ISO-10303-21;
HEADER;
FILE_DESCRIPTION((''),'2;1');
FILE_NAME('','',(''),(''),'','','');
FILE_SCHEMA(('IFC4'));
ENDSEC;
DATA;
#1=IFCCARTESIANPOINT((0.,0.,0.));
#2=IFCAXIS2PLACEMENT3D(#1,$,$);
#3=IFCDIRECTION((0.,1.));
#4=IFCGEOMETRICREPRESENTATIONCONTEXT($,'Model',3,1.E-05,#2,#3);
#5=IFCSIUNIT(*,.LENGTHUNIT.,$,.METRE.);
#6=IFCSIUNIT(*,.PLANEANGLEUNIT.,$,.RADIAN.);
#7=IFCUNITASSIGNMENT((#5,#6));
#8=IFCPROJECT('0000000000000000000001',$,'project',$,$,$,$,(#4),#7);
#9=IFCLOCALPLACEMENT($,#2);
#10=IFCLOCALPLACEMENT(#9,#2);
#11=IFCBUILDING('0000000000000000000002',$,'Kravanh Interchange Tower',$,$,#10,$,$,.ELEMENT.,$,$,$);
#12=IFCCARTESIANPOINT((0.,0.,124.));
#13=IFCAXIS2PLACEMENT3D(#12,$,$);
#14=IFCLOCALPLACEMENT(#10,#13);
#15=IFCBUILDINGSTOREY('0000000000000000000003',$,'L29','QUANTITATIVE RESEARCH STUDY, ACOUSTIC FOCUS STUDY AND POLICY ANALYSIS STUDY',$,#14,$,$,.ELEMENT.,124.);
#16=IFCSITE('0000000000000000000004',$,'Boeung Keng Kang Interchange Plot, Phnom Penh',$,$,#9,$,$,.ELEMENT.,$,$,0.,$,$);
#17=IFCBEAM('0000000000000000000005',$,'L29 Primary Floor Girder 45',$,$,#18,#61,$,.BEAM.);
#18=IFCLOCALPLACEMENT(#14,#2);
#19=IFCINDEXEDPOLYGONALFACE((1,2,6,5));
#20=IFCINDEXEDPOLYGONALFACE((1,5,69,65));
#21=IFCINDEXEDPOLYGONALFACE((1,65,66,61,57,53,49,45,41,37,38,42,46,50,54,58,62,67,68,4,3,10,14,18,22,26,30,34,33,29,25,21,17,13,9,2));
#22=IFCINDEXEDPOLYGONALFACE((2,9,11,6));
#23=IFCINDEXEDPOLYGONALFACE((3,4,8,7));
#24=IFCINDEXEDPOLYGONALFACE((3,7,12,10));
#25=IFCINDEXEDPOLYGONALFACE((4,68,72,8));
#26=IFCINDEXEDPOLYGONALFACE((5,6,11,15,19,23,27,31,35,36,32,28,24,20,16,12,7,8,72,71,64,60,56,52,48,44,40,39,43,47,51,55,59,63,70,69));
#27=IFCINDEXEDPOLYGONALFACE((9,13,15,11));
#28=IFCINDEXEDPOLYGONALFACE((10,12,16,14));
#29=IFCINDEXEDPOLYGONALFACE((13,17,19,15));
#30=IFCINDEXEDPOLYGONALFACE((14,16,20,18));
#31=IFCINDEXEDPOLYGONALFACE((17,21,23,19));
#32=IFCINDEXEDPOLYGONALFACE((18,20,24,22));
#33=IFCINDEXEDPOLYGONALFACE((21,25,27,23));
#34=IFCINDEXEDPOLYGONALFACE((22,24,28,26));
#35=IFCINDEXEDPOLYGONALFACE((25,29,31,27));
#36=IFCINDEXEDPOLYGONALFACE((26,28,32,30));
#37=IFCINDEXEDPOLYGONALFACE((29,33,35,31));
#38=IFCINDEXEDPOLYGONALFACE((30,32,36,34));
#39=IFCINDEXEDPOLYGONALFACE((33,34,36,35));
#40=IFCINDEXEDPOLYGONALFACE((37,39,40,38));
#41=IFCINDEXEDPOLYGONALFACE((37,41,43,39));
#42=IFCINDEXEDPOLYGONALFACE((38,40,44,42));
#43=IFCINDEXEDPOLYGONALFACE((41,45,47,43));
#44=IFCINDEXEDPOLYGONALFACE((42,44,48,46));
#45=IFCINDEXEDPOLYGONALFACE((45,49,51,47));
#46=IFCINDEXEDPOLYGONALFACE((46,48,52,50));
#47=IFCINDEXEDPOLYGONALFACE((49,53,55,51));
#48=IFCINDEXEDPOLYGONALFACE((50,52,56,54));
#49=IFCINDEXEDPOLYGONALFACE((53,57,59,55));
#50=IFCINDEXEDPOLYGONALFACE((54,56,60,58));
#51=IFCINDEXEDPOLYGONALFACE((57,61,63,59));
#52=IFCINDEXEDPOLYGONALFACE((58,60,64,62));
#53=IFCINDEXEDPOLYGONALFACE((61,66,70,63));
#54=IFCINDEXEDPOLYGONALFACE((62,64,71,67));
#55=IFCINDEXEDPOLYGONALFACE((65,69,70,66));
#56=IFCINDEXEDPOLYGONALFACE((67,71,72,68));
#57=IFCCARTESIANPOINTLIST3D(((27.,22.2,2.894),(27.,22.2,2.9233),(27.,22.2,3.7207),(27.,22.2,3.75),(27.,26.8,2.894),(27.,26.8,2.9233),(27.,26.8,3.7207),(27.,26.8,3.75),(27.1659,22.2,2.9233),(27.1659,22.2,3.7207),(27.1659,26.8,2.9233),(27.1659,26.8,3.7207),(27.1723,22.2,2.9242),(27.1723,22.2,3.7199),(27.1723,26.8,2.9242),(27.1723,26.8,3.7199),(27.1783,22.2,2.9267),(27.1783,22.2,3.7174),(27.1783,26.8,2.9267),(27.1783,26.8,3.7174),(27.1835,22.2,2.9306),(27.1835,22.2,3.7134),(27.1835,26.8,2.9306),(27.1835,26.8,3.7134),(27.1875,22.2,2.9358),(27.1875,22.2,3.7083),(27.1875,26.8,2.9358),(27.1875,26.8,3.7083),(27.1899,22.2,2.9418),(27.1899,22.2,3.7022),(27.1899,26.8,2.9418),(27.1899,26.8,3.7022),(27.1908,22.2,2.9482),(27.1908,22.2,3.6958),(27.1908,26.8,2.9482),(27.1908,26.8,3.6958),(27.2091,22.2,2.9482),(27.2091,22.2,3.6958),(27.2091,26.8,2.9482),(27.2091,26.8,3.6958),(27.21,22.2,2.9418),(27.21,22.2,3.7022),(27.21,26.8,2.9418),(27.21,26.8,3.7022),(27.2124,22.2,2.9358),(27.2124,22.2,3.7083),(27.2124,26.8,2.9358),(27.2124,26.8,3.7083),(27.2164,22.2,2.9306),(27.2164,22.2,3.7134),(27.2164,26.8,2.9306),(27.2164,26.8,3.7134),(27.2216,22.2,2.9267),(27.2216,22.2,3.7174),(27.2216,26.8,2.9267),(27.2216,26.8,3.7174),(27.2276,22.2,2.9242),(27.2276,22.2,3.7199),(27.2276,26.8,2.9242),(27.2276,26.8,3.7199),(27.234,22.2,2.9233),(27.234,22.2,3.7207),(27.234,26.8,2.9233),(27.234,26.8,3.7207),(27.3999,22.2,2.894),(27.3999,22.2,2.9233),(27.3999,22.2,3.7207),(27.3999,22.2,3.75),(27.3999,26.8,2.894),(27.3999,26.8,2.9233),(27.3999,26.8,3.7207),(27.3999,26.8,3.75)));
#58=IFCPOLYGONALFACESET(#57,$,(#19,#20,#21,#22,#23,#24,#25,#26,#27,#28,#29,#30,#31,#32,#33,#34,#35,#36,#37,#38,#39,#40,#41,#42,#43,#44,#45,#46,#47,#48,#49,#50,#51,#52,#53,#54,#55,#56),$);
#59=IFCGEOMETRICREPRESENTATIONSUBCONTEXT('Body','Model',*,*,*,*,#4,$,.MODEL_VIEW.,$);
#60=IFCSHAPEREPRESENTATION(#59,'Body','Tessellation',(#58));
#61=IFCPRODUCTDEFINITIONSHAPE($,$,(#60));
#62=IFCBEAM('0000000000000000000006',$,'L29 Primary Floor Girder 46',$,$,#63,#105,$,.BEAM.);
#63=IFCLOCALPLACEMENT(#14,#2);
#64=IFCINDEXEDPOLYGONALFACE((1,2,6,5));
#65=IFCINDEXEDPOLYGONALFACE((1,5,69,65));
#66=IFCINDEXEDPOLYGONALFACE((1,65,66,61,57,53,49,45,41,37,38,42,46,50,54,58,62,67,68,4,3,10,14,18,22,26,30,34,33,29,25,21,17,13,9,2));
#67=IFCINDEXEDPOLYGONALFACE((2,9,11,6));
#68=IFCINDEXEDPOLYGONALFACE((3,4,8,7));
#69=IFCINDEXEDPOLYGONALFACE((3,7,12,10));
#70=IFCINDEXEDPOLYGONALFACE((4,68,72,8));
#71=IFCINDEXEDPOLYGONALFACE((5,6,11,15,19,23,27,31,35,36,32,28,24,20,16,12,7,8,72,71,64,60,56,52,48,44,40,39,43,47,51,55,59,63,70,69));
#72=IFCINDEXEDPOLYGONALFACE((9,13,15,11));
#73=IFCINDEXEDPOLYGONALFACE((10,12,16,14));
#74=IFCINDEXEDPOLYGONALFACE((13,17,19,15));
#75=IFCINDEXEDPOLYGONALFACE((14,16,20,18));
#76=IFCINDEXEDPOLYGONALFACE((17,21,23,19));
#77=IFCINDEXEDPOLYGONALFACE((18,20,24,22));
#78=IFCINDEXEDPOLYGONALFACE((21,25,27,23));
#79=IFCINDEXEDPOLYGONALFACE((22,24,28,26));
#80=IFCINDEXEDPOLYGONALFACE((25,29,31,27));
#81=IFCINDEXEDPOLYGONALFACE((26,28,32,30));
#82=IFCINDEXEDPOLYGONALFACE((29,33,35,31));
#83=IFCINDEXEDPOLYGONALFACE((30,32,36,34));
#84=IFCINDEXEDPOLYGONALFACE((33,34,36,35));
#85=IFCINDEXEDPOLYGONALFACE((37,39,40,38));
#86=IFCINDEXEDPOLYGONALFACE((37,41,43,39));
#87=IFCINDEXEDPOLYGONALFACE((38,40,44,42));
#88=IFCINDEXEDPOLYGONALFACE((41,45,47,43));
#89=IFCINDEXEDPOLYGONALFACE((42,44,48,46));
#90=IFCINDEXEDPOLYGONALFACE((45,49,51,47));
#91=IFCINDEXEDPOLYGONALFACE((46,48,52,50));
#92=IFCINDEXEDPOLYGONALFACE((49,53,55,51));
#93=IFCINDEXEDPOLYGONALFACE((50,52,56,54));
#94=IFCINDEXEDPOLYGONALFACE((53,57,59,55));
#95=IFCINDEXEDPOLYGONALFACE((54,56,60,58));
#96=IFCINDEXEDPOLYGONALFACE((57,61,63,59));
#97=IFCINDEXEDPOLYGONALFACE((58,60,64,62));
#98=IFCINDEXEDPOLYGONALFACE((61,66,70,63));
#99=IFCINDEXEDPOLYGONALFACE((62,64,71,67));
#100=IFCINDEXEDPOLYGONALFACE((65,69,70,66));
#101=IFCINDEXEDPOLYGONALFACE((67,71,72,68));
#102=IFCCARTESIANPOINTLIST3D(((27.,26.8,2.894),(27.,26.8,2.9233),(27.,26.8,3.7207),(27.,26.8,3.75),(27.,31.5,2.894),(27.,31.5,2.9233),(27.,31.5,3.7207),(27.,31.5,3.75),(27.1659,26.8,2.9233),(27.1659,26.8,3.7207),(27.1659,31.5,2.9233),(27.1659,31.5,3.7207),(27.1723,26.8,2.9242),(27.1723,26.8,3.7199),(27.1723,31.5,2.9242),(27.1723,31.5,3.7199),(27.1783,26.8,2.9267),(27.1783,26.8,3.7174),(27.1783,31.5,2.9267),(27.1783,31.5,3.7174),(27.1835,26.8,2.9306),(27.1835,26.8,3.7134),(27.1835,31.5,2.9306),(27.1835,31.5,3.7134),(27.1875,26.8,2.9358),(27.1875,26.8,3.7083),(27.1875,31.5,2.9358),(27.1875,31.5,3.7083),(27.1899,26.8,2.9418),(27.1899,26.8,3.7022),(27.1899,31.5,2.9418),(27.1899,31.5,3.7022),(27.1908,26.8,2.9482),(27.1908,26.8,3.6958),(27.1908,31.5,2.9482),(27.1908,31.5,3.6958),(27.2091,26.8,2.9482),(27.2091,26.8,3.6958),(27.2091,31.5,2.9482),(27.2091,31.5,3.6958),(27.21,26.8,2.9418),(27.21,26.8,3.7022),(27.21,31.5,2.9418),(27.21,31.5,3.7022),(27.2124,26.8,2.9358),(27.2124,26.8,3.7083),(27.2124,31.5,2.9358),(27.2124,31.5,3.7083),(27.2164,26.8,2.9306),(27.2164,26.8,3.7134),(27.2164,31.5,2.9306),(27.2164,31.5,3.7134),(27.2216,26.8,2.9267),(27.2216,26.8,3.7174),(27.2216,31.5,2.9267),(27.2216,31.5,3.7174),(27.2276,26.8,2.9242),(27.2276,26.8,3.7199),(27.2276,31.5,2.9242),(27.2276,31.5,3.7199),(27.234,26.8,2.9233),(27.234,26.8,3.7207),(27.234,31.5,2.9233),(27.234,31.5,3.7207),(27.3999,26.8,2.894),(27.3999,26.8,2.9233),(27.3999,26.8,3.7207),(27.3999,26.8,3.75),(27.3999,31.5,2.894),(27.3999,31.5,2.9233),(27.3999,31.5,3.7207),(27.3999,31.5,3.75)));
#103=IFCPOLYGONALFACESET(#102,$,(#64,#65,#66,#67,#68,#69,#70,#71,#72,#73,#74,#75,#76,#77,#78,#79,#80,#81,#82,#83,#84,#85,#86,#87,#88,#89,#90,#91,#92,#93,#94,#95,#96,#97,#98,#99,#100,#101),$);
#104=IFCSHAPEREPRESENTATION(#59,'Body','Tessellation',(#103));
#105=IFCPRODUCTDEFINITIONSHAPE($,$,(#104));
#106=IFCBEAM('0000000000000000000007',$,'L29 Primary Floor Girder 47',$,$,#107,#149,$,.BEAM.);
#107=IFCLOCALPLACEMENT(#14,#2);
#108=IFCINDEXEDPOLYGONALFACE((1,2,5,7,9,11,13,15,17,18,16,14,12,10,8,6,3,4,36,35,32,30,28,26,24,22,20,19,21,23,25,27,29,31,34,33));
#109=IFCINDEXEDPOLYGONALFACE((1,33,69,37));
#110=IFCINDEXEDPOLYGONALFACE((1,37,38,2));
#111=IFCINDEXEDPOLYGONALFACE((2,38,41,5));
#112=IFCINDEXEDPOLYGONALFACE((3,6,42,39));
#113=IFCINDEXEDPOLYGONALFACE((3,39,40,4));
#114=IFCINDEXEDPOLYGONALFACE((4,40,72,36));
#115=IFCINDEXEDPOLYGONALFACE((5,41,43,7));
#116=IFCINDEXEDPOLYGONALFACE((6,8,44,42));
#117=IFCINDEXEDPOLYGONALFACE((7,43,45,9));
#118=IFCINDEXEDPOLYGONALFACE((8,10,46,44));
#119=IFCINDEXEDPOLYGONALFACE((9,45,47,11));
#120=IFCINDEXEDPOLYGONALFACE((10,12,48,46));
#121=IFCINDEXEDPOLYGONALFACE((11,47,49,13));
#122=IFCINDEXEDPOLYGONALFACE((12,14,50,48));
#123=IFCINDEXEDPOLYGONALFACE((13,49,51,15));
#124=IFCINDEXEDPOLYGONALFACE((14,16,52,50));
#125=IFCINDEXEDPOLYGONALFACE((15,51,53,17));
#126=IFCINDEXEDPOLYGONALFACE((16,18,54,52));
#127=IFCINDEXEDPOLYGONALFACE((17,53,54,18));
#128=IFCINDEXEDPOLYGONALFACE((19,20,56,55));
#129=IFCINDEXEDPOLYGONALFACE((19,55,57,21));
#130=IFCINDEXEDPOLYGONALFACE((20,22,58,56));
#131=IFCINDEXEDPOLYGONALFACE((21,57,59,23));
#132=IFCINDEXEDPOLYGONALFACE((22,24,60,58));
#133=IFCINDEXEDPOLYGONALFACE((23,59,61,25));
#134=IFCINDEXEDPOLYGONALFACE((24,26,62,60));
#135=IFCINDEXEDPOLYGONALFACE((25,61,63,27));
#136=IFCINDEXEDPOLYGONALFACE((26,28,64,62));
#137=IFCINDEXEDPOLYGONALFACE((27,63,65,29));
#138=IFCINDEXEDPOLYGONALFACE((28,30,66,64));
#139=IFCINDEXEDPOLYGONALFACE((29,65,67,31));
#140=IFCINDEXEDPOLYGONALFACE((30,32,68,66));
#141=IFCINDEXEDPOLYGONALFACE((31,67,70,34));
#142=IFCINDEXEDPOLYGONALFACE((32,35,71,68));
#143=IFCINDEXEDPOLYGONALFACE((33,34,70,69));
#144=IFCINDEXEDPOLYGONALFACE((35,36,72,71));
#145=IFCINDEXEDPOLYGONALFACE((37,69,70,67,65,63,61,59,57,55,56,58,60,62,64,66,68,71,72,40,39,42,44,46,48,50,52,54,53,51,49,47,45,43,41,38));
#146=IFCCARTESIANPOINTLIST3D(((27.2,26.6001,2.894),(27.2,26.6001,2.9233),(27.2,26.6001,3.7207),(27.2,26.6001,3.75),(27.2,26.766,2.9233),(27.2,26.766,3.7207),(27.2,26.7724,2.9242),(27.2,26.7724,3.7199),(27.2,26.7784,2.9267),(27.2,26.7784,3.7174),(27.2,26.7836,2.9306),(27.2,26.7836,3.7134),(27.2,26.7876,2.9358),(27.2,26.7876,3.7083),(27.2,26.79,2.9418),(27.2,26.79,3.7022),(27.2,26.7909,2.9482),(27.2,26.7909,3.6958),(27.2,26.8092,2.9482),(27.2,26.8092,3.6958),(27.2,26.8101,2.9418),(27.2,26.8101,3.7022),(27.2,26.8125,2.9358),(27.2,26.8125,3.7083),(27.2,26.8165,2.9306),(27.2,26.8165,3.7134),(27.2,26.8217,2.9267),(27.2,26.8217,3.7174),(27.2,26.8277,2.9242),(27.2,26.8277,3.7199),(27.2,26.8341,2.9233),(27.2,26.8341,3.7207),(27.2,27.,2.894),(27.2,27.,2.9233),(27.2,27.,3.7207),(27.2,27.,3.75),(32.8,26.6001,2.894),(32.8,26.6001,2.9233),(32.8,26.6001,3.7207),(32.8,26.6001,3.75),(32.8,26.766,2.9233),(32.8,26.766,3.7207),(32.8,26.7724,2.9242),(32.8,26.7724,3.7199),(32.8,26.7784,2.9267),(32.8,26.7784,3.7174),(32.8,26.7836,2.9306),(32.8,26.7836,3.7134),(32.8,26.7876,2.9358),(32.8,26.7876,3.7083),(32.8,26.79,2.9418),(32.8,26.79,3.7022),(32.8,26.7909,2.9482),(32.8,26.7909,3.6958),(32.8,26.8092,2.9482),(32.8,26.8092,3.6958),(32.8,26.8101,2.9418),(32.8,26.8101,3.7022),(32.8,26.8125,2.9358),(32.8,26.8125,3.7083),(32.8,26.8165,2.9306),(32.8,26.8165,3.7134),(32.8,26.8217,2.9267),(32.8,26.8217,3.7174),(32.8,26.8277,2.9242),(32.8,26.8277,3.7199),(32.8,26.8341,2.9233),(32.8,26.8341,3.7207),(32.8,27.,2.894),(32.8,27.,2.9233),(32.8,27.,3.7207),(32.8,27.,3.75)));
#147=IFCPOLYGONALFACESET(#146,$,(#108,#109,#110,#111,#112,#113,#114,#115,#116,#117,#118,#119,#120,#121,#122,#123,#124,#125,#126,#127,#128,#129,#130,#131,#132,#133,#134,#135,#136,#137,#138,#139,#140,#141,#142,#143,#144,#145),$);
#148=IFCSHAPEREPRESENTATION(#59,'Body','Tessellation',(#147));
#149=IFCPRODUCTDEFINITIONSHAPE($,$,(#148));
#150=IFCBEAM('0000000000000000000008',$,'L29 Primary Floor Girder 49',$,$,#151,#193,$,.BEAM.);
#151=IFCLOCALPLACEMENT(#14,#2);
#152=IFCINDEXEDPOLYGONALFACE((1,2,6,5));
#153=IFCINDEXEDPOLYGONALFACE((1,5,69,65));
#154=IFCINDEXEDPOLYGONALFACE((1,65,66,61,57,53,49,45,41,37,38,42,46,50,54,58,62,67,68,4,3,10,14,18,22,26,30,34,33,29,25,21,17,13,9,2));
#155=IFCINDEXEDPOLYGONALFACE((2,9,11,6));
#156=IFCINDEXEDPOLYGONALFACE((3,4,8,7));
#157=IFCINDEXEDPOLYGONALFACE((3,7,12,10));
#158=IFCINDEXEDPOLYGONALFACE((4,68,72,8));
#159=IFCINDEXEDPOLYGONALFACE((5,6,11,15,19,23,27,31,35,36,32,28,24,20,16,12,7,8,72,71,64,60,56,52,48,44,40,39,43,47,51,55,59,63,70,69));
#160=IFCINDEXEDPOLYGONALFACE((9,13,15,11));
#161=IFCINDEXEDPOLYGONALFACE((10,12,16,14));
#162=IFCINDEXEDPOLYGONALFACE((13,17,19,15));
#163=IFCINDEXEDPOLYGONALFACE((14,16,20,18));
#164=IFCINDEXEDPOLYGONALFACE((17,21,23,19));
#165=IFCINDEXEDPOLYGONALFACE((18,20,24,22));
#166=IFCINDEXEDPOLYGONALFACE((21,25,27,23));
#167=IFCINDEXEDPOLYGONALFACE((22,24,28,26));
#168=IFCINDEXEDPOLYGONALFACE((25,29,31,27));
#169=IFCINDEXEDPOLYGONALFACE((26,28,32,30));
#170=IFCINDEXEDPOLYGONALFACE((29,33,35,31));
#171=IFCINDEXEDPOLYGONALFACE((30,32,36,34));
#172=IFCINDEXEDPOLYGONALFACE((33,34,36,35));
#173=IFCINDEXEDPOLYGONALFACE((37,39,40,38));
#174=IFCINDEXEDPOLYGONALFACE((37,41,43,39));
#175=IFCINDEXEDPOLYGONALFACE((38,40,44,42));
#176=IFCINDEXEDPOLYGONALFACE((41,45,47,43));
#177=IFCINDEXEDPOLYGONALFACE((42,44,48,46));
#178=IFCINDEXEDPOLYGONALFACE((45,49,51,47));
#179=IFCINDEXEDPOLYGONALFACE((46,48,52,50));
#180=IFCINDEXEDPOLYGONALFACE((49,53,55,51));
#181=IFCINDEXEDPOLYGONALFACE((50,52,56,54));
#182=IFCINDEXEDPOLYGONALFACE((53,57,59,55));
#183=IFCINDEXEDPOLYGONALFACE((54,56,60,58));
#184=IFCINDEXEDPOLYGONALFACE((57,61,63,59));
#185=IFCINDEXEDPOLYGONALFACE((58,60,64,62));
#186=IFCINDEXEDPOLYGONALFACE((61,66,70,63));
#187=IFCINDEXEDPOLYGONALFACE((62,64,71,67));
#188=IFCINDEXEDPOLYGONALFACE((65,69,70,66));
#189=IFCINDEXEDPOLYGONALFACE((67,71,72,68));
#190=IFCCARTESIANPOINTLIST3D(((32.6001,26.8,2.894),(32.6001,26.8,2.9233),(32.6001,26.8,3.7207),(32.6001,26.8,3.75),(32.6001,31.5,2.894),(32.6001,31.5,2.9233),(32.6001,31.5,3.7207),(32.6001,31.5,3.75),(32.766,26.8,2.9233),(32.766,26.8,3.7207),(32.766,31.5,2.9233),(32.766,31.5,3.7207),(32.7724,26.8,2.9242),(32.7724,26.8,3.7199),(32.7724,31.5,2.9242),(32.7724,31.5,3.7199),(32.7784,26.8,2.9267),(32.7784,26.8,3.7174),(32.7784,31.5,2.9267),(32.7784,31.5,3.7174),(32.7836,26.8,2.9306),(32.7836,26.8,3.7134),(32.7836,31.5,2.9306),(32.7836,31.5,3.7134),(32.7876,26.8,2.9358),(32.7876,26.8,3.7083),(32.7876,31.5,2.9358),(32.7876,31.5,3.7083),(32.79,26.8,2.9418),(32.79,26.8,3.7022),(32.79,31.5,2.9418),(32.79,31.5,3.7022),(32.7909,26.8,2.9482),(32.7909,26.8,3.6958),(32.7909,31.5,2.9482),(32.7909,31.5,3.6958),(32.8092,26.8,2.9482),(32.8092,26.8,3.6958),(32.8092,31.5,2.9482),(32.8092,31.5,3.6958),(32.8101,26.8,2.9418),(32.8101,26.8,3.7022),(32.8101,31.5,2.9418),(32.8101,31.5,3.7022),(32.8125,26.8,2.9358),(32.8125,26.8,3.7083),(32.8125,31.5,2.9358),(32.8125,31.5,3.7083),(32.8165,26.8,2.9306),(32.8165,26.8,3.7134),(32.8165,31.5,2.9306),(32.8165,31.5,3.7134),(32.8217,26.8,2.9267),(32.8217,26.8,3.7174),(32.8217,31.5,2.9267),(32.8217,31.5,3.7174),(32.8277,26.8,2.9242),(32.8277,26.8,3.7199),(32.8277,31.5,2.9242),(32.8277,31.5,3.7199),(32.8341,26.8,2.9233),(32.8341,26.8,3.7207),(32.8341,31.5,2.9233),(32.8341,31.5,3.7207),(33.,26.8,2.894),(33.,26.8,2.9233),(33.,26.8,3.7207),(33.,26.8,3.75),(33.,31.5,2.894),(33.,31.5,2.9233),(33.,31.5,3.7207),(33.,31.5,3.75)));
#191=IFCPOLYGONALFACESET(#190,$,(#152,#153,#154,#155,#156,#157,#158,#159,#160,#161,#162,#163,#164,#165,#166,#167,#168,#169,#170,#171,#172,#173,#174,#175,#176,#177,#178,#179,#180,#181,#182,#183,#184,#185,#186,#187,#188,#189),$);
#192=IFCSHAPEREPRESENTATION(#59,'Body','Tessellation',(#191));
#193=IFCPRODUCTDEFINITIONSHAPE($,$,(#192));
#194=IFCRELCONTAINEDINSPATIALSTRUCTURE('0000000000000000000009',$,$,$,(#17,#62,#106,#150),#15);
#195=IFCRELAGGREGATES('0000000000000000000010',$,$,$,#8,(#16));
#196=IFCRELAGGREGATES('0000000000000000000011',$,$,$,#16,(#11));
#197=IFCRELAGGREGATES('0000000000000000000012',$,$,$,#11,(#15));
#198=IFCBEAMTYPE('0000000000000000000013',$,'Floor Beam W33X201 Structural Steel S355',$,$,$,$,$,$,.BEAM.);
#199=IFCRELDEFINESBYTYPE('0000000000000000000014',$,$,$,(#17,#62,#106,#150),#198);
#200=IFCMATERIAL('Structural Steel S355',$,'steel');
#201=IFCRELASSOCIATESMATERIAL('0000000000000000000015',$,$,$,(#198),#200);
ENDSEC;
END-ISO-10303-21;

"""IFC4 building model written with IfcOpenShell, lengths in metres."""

from ifc_helpers import new_model, si_unit, direction, frame, origin, origin_2d, place, context, subcontext, project, spatial, i_section, extrude, material, material_profile, profile_set, type_object, element, save


model = new_model("IFC4")

# Units and contexts
model_context = context("Model", 3, precision=1e-05, world=origin(), true_north=direction((0.0, 1.0)))
body_context = subcontext(model_context, "Body", "Model", "MODEL_VIEW")
ifc_project = project(units=[si_unit("LENGTHUNIT", "METRE"), si_unit("PLANEANGLEUNIT", "RADIAN")], contexts=[model_context])

# Site, building, storey
site_placement = place(None, origin())
site = spatial("IfcSite", under=ifc_project, at=site_placement, Name="Boeung Keng Kang Interchange Plot, Phnom Penh", CompositionType="ELEMENT", RefElevation=0.0)
building_placement = place(site_placement, origin())
building = spatial("IfcBuilding", under=site, at=building_placement, Name="Kravanh Interchange Tower", CompositionType="ELEMENT")
storey_placement = place(building_placement, frame((0.0, 0.0, 124.0)))
storey = spatial("IfcBuildingStorey", under=building, at=storey_placement, Name="L29", Description="QUANTITATIVE RESEARCH STUDY, ACOUSTIC FOCUS STUDY AND POLICY ANALYSIS STUDY", CompositionType="ELEMENT", Elevation=124.0)

# Beams
ifc_material_1 = material(Name="Structural Steel S355", Category="steel")
ifc_material_profile_1 = material_profile(ifc_material_1, i_section(OverallWidth=0.3999, OverallDepth=0.856, WebThickness=0.0183, FlangeThickness=0.0293, FilletRadius=0.0249, at=origin_2d()), Name="W33X201")
ifc_profile_set_1 = profile_set([ifc_material_profile_1], Name="Structural Steel S355")
beam_type_1 = type_object("IfcBeamType", Name="Floor Beam W33X201 Structural Steel S355", PredefinedType="BEAM", material=ifc_profile_set_1)
beam_1_placement = place(storey_placement, frame((27.2, 26.8, 3.322), z_axis=(0.0, -1.0, 0.0), x_axis=(1.0, 0.0, 0.0)))
element("IfcBeam", 1, at=beam_1_placement, inside=storey, type_object=beam_type_1, Name="L29 Primary Floor Girder 45", PredefinedType="BEAM", context=body_context, shape_type="SweptSolid", body=[
    extrude(i_section(OverallWidth=0.3999, OverallDepth=0.856, WebThickness=0.0183, FlangeThickness=0.0293, FilletRadius=0.0249, at=origin_2d()), origin(), (0.0, 0.0, 1.0), 4.6001),
])
beam_2_placement = place(storey_placement, frame((27.2, 26.8, 3.322), z_axis=(0.0, 1.0, 0.0), x_axis=(-1.0, 0.0, 0.0)))
element("IfcBeam", 2, at=beam_2_placement, inside=storey, type_object=beam_type_1, Name="L29 Primary Floor Girder 46", PredefinedType="BEAM", context=body_context, shape_type="SweptSolid", body=[
    extrude(i_section(OverallWidth=0.3999, OverallDepth=0.856, WebThickness=0.0183, FlangeThickness=0.0293, FilletRadius=0.0249, at=origin_2d()), origin(), (0.0, 0.0, 1.0), 4.7),
])
beam_3_placement = place(storey_placement, frame((27.2, 26.8, 3.322), z_axis=(1.0, 0.0, 0.0), x_axis=(0.0, 1.0, 0.0)))
element("IfcBeam", 3, at=beam_3_placement, inside=storey, type_object=beam_type_1, Name="L29 Primary Floor Girder 47", PredefinedType="BEAM", context=body_context, shape_type="SweptSolid", body=[
    extrude(i_section(OverallWidth=0.3999, OverallDepth=0.856, WebThickness=0.0183, FlangeThickness=0.0293, FilletRadius=0.0249, at=origin_2d()), origin(), (0.0, 0.0, 1.0), 5.6001),
])
beam_4_placement = place(storey_placement, frame((32.8, 26.8, 3.322), z_axis=(0.0, 1.0, 0.0), x_axis=(-1.0, 0.0, 0.0)))
element("IfcBeam", 4, at=beam_4_placement, inside=storey, type_object=beam_type_1, Name="L29 Primary Floor Girder 49", PredefinedType="BEAM", context=body_context, shape_type="SweptSolid", body=[
    extrude(i_section(OverallWidth=0.3999, OverallDepth=0.856, WebThickness=0.0183, FlangeThickness=0.0293, FilletRadius=0.0249, at=origin_2d()), origin(), (0.0, 0.0, 1.0), 4.7),
])

save(model, "model.ifc")
